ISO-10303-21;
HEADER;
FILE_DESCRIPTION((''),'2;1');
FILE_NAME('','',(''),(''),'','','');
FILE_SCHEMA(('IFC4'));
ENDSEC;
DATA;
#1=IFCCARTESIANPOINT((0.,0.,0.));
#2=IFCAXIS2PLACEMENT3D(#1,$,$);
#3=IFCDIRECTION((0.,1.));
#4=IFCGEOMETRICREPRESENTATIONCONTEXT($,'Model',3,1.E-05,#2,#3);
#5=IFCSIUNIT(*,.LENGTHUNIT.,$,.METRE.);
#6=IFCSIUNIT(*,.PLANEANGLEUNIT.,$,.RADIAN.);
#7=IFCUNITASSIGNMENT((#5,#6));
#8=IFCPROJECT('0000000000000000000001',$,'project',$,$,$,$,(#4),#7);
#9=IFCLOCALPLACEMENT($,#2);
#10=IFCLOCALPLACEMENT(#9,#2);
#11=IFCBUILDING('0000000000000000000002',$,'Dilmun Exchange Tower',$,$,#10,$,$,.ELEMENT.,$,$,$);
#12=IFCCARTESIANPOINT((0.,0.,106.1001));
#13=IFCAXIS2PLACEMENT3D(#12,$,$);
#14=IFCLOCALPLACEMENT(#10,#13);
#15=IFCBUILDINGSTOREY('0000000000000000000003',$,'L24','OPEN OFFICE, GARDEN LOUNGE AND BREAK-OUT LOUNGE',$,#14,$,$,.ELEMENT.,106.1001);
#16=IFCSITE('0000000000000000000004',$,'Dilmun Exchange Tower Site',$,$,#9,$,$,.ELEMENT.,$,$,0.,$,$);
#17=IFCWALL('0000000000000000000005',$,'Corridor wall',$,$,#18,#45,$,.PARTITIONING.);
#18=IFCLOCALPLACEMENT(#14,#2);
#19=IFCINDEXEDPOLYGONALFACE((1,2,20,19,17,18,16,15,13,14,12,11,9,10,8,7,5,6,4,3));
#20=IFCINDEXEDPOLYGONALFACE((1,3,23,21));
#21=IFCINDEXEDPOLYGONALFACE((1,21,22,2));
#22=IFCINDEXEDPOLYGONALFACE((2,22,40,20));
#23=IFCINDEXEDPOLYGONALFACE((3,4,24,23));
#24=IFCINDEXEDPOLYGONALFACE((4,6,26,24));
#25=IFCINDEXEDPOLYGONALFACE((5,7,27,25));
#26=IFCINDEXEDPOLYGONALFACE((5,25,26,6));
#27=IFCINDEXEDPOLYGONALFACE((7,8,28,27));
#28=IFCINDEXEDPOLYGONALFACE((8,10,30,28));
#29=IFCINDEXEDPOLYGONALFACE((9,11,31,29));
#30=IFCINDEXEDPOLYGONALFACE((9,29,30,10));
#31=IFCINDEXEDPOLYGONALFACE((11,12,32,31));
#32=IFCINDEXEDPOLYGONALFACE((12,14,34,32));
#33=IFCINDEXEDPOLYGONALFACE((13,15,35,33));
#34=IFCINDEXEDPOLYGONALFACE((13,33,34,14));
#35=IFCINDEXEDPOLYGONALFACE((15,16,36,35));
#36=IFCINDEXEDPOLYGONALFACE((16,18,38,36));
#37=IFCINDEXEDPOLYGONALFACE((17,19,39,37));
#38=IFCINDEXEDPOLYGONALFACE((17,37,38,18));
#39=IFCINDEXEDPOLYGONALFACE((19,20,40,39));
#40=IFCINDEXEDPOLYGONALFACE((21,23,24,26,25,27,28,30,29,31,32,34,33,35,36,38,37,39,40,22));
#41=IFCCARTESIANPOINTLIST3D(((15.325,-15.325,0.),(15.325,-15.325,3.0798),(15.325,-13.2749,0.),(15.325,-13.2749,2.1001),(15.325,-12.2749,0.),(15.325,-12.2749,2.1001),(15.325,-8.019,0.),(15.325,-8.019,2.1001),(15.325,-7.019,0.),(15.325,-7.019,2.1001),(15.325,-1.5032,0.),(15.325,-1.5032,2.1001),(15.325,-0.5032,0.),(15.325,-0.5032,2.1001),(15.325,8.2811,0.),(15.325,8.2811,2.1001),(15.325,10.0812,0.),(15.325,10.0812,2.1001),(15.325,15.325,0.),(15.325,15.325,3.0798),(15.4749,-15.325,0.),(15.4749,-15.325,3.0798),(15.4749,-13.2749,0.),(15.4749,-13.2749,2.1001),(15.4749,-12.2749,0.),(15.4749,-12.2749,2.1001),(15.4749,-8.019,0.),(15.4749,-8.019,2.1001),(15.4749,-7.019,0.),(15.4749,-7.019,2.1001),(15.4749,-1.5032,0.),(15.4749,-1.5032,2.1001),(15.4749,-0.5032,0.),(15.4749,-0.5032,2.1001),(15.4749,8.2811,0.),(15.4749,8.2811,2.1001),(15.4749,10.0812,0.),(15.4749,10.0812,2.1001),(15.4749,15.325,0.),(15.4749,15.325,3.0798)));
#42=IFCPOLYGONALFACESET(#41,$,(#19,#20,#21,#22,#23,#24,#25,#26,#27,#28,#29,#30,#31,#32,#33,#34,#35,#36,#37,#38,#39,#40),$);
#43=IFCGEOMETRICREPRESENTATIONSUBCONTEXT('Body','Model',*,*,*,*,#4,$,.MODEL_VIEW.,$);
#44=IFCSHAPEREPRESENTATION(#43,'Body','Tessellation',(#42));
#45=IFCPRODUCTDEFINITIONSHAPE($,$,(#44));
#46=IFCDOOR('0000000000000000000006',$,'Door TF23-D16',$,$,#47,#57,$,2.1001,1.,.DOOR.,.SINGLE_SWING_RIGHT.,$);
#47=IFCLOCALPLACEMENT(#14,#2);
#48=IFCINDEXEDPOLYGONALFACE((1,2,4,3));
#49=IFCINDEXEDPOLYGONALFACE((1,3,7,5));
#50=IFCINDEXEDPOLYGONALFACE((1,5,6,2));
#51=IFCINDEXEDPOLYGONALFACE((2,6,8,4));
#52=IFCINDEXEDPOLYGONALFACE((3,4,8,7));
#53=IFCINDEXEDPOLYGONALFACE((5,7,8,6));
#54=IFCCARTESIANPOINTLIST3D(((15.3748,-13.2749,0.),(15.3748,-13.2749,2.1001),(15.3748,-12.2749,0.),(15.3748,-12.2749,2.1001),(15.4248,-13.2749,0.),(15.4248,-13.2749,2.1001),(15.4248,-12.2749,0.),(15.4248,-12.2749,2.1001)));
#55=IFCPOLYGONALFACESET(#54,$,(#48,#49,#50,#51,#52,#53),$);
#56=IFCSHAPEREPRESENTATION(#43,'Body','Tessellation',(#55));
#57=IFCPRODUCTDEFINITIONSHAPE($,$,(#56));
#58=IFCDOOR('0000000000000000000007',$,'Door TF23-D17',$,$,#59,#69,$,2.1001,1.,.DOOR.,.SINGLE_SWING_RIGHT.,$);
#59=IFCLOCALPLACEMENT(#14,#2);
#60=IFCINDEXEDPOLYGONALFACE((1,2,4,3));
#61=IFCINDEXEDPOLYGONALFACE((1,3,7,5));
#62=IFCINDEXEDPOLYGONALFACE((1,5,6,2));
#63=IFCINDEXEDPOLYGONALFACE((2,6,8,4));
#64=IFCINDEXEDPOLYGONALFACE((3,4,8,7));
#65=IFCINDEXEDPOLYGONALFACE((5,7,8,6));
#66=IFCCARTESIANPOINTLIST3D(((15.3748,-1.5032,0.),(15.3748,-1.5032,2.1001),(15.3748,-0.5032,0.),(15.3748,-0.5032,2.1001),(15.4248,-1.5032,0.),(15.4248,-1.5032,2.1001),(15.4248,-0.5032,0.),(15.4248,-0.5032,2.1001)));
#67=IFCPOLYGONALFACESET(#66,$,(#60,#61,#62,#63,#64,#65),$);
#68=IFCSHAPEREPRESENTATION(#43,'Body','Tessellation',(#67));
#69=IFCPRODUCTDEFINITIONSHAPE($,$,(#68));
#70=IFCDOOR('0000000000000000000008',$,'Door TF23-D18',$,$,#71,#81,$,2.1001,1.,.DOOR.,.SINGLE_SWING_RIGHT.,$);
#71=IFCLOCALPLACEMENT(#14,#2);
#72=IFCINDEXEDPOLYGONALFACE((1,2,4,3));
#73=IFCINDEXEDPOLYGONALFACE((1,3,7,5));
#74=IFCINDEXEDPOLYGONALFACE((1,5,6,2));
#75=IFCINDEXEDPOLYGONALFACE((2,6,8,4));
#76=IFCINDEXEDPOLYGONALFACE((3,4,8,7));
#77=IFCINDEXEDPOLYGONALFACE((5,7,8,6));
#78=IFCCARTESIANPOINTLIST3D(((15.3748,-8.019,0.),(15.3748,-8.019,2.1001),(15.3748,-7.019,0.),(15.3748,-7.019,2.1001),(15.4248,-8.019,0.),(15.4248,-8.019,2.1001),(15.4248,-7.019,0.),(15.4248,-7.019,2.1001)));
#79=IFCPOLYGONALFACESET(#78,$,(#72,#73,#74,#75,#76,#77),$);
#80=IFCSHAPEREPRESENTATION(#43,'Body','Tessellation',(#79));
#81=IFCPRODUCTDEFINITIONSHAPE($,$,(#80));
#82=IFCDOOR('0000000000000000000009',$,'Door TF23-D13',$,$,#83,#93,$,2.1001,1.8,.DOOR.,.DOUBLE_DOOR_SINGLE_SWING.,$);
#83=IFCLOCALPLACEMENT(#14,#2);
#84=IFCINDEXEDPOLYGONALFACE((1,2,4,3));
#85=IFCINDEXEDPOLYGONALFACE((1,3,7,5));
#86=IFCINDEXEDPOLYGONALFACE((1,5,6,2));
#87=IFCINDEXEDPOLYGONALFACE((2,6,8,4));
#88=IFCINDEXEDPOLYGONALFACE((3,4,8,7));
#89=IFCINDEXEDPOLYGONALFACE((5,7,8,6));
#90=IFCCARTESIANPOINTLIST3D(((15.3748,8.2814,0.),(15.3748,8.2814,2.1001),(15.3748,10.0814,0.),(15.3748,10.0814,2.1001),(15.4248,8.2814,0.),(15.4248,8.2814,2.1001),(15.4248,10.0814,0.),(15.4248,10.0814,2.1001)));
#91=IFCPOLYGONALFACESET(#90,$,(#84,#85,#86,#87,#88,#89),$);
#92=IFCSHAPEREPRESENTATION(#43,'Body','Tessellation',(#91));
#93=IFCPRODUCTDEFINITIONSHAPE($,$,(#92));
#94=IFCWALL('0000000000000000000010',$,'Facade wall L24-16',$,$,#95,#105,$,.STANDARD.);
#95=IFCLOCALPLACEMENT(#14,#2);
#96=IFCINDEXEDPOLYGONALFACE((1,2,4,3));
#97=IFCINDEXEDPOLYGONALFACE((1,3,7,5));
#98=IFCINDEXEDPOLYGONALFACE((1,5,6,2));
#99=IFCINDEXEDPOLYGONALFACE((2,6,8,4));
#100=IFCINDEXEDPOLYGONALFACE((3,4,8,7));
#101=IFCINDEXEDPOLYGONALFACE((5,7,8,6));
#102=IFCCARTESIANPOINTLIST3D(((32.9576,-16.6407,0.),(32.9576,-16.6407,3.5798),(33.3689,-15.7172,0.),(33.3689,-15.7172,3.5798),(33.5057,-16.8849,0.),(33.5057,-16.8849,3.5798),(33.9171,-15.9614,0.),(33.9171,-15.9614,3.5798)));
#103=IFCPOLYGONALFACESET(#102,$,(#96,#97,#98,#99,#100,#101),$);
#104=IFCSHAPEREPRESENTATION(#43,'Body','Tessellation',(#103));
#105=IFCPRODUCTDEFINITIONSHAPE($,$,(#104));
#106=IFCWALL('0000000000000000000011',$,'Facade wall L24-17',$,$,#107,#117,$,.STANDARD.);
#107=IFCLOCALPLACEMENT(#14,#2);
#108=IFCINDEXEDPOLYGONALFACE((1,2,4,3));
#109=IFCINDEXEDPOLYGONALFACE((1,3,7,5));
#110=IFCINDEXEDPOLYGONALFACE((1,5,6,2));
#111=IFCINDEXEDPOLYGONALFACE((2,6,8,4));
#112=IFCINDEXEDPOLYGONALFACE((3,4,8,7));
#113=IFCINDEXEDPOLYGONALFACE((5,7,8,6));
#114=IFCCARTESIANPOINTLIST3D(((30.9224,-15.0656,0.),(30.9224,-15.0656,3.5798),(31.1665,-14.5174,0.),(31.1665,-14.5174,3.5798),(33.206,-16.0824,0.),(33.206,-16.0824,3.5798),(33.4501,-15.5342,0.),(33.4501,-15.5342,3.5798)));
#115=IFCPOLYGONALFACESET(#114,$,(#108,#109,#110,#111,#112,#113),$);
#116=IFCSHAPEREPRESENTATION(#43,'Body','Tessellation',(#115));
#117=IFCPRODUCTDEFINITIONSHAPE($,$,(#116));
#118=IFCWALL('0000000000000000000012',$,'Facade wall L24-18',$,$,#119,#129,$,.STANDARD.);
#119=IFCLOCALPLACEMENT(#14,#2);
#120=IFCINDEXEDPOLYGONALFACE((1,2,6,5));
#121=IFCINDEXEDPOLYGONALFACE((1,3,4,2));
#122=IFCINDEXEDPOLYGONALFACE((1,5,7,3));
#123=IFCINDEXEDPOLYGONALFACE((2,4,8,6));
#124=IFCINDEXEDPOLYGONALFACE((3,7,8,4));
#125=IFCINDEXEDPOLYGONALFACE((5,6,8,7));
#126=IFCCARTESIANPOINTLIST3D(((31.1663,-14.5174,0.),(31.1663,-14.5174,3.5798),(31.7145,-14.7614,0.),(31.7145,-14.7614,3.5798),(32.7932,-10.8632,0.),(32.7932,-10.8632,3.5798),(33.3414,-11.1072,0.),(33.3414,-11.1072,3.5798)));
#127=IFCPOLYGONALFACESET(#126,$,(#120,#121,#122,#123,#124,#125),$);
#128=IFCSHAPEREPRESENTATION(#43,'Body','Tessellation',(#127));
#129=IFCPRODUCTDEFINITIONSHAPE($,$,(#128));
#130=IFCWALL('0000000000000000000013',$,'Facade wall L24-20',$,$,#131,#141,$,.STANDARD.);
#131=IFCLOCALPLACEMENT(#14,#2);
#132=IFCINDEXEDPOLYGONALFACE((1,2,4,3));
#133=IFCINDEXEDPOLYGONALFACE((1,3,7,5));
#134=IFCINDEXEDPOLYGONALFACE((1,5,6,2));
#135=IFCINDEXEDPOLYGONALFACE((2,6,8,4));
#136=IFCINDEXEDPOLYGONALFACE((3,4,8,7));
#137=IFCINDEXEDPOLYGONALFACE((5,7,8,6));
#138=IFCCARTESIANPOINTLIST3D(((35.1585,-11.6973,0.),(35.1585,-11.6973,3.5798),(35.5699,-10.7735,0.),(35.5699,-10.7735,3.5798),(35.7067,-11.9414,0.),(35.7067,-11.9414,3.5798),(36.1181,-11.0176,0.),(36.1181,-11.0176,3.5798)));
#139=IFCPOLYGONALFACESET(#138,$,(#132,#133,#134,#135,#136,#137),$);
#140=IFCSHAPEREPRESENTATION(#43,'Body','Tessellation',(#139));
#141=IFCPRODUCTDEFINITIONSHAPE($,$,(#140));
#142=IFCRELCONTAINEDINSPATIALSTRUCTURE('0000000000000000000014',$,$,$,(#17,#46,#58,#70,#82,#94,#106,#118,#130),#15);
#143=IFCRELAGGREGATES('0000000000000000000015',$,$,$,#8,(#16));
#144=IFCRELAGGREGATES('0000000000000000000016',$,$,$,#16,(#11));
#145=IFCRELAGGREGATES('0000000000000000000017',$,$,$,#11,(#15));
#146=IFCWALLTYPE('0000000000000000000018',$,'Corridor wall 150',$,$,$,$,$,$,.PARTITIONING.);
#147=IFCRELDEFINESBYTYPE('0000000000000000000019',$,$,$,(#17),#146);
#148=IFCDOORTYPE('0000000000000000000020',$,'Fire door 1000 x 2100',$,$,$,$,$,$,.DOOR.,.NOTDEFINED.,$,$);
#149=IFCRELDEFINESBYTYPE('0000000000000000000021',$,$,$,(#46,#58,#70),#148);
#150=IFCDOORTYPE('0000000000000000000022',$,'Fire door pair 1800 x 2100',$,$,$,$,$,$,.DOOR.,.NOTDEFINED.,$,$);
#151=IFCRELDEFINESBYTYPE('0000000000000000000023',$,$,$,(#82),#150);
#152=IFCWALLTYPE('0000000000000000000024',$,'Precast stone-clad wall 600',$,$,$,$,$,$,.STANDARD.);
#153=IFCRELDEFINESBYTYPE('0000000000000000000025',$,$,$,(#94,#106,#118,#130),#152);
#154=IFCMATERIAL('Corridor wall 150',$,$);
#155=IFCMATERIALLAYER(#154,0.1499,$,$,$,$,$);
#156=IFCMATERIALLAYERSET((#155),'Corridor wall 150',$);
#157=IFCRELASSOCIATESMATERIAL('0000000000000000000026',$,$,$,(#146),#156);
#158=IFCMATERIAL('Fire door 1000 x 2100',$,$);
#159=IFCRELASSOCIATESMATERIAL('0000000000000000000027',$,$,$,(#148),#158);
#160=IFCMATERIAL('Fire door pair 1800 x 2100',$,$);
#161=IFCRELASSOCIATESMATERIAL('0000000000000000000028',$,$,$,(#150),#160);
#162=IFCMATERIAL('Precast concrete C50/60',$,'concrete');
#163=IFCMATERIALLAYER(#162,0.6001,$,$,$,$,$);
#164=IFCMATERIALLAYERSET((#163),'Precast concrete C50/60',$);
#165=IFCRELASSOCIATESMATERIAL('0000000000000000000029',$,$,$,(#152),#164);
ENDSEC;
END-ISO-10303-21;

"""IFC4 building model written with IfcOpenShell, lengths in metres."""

from ifc_helpers import new_model, si_unit, direction, frame, frame_2d, origin, place, context, subcontext, project, spatial, rectangle, extrude, material, layer, layer_set, type_object, element, fill, save


model = new_model("IFC4")

# Units and contexts
model_context = context("Model", 3, precision=1e-05, world=origin(), true_north=direction((0.0, 1.0)))
body_context = subcontext(model_context, "Body", "Model", "MODEL_VIEW")
ifc_project = project(units=[si_unit("LENGTHUNIT", "METRE"), si_unit("PLANEANGLEUNIT", "RADIAN")], contexts=[model_context])

# Site, building, storey
site_placement = place(None, origin())
site = spatial("IfcSite", under=ifc_project, at=site_placement, Name="Dilmun Exchange Tower Site", CompositionType="ELEMENT", RefElevation=0.0)
building_placement = place(site_placement, origin())
building = spatial("IfcBuilding", under=site, at=building_placement, Name="Dilmun Exchange Tower", CompositionType="ELEMENT")
storey_placement = place(building_placement, frame((0.0, 0.0, 106.1001)))
storey = spatial("IfcBuildingStorey", under=building, at=storey_placement, Name="L24", Description="OPEN OFFICE, GARDEN LOUNGE AND BREAK-OUT LOUNGE", CompositionType="ELEMENT", Elevation=106.1001)

# Wall, openings, doors
ifc_material_1 = material(Name="Corridor wall 150")
ifc_layer_1 = layer(ifc_material_1, 0.1499)
ifc_layer_set_1 = layer_set([ifc_layer_1], Name="Corridor wall 150")
wall_type_1 = type_object("IfcWallType", Name="Corridor wall 150", PredefinedType="PARTITIONING", material=ifc_layer_set_1)
wall_1_placement = place(storey_placement, frame((15.3999, -15.325, 0.0), z_axis=(0.0, 0.0, 1.0), x_axis=(0.0, 1.0, 0.0)))
wall_1 = element("IfcWall", 1, at=wall_1_placement, inside=storey, type_object=wall_type_1, Name="Corridor wall", PredefinedType="PARTITIONING", context=body_context, shape_type="SweptSolid", body=[
    extrude(rectangle(XDim=30.6499, YDim=0.1499, at=frame_2d((15.325, 0.0))), origin(), (0.0, 0.0, 1.0), 3.0798),
])
opening_1_placement = place(wall_1_placement, frame((23.6062, 0.0, 0.0)))
opening_1 = element("IfcOpeningElement", 2, at=opening_1_placement, cuts=wall_1, PredefinedType="OPENING", context=body_context, shape_type="SweptSolid", body=[
    extrude(rectangle(XDim=1.8, YDim=2.1001, at=frame_2d((0.8999, 1.05))), frame((0.0, 0.085, 0.0), z_axis=(0.0, -1.0, 0.0), x_axis=(1.0, 0.0, 0.0)), (0.0, 0.0, 1.0), 0.1699),
])
opening_2_placement = place(wall_1_placement, frame((2.05, 0.0, 0.0)))
opening_2 = element("IfcOpeningElement", 3, at=opening_2_placement, cuts=wall_1, PredefinedType="OPENING", context=body_context, shape_type="SweptSolid", body=[
    extrude(rectangle(XDim=1.0, YDim=2.1001, at=frame_2d((0.5, 1.05))), frame((0.0, 0.085, 0.0), z_axis=(0.0, -1.0, 0.0), x_axis=(1.0, 0.0, 0.0)), (0.0, 0.0, 1.0), 0.1699),
])
opening_3_placement = place(wall_1_placement, frame((13.8218, 0.0, 0.0)))
opening_3 = element("IfcOpeningElement", 4, at=opening_3_placement, cuts=wall_1, PredefinedType="OPENING", context=body_context, shape_type="SweptSolid", body=[
    extrude(rectangle(XDim=1.0, YDim=2.1001, at=frame_2d((0.5, 1.05))), frame((0.0, 0.085, 0.0), z_axis=(0.0, -1.0, 0.0), x_axis=(1.0, 0.0, 0.0)), (0.0, 0.0, 1.0), 0.1699),
])
opening_4_placement = place(wall_1_placement, frame((7.3059, 0.0, 0.0)))
opening_4 = element("IfcOpeningElement", 5, at=opening_4_placement, cuts=wall_1, PredefinedType="OPENING", context=body_context, shape_type="SweptSolid", body=[
    extrude(rectangle(XDim=1.0, YDim=2.1001, at=frame_2d((0.5, 1.05))), frame((0.0, 0.085, 0.0), z_axis=(0.0, -1.0, 0.0), x_axis=(1.0, 0.0, 0.0)), (0.0, 0.0, 1.0), 0.1699),
])
ifc_material_2 = material(Name="Fire door 1000 x 2100")
door_type_1 = type_object("IfcDoorType", Name="Fire door 1000 x 2100", OperationType="NOTDEFINED", PredefinedType="DOOR", material=ifc_material_2)
door_1_placement = place(opening_2_placement, frame((1.0, 0.0, 0.0), z_axis=(0.0, 0.0, 1.0), x_axis=(-1.0, 0.0, 0.0)))
door_1 = element("IfcDoor", 6, at=door_1_placement, inside=storey, type_object=door_type_1, Name="Door TF23-D16", OperationType="SINGLE_SWING_RIGHT", OverallHeight=2.1001, OverallWidth=1.0, PredefinedType="DOOR", context=body_context, shape_type="SweptSolid", body=[
    extrude(rectangle(XDim=1.0, YDim=2.1001, at=frame_2d((0.5, 1.05))), frame((0.0, 0.0249, 0.0), z_axis=(0.0, -1.0, 0.0), x_axis=(1.0, 0.0, 0.0)), (0.0, 0.0, 1.0), 0.05),
])
fill(opening_2, door_1)
door_2_placement = place(opening_3_placement, frame((1.0, 0.0, 0.0), z_axis=(0.0, 0.0, 1.0), x_axis=(-1.0, 0.0, 0.0)))
door_2 = element("IfcDoor", 7, at=door_2_placement, inside=storey, type_object=door_type_1, Name="Door TF23-D17", OperationType="SINGLE_SWING_RIGHT", OverallHeight=2.1001, OverallWidth=1.0, PredefinedType="DOOR", context=body_context, shape_type="SweptSolid", body=[
    extrude(rectangle(XDim=1.0, YDim=2.1001, at=frame_2d((0.5, 1.05))), frame((0.0, 0.0249, 0.0), z_axis=(0.0, -1.0, 0.0), x_axis=(1.0, 0.0, 0.0)), (0.0, 0.0, 1.0), 0.05),
])
fill(opening_3, door_2)
door_3_placement = place(opening_4_placement, frame((1.0, 0.0, 0.0), z_axis=(0.0, 0.0, 1.0), x_axis=(-1.0, 0.0, 0.0)))
door_3 = element("IfcDoor", 8, at=door_3_placement, inside=storey, type_object=door_type_1, Name="Door TF23-D18", OperationType="SINGLE_SWING_RIGHT", OverallHeight=2.1001, OverallWidth=1.0, PredefinedType="DOOR", context=body_context, shape_type="SweptSolid", body=[
    extrude(rectangle(XDim=1.0, YDim=2.1001, at=frame_2d((0.5, 1.05))), frame((0.0, 0.0249, 0.0), z_axis=(0.0, -1.0, 0.0), x_axis=(1.0, 0.0, 0.0)), (0.0, 0.0, 1.0), 0.05),
])
fill(opening_4, door_3)
ifc_material_3 = material(Name="Fire door pair 1800 x 2100")
door_type_2 = type_object("IfcDoorType", Name="Fire door pair 1800 x 2100", OperationType="NOTDEFINED", PredefinedType="DOOR", material=ifc_material_3)
door_4_placement = place(opening_1_placement, frame((1.8, 0.0, 0.0), z_axis=(0.0, 0.0, 1.0), x_axis=(-1.0, 0.0, 0.0)))
door_4 = element("IfcDoor", 9, at=door_4_placement, inside=storey, type_object=door_type_2, Name="Door TF23-D13", OperationType="DOUBLE_DOOR_SINGLE_SWING", OverallHeight=2.1001, OverallWidth=1.8, PredefinedType="DOOR", context=body_context, shape_type="SweptSolid", body=[
    extrude(rectangle(XDim=1.8, YDim=2.1001, at=frame_2d((0.8999, 1.05))), frame((0.0, 0.0249, 0.0), z_axis=(0.0, -1.0, 0.0), x_axis=(1.0, 0.0, 0.0)), (0.0, 0.0, 1.0), 0.05),
])
fill(opening_1, door_4)

# Walls
ifc_material_4 = material(Name="Precast concrete C50/60", Category="concrete")
ifc_layer_2 = layer(ifc_material_4, 0.6001)
ifc_layer_set_2 = layer_set([ifc_layer_2], Name="Precast concrete C50/60")
wall_type_2 = type_object("IfcWallType", Name="Precast stone-clad wall 600", PredefinedType="STANDARD", material=ifc_layer_set_2)
wall_2_placement = place(storey_placement, frame((33.2317, -16.7627, 0.0), z_axis=(0.0, 0.0, 1.0), x_axis=(0.406878, 0.913483, 0.0)))
element("IfcWall", 10, at=wall_2_placement, inside=storey, type_object=wall_type_2, Name="Facade wall L24-16", PredefinedType="STANDARD", context=body_context, shape_type="SweptSolid", body=[
    extrude(rectangle(XDim=1.011, YDim=0.6001, at=frame_2d((0.5054, 0.0))), origin(), (0.0, 0.0, 1.0), 3.5798),
])
wall_3_placement = place(storey_placement, frame((33.3281, -15.8083, 0.0), z_axis=(0.0, 0.0, 1.0), x_axis=(-0.913533, 0.406764, 0.0)))
element("IfcWall", 11, at=wall_3_placement, inside=storey, type_object=wall_type_2, Name="Facade wall L24-17", PredefinedType="STANDARD", context=body_context, shape_type="SweptSolid", body=[
    extrude(rectangle(XDim=2.4998, YDim=0.6001, at=frame_2d((1.25, 0.0))), origin(), (0.0, 0.0, 1.0), 3.5798),
])
wall_4_placement = place(storey_placement, frame((31.4404, -14.6394, 0.0), z_axis=(0.0, 0.0, 1.0), x_axis=(0.406727, 0.91355, 0.0)))
element("IfcWall", 12, at=wall_4_placement, inside=storey, type_object=wall_type_2, Name="Facade wall L24-18", PredefinedType="STANDARD", context=body_context, shape_type="SweptSolid", body=[
    extrude(rectangle(XDim=4.0, YDim=0.6001, at=frame_2d((2.0, 0.0))), origin(), (0.0, 0.0, 1.0), 3.5798),
])
wall_5_placement = place(storey_placement, frame((35.4326, -11.8193, 0.0), z_axis=(0.0, 0.0, 1.0), x_axis=(0.406788, 0.913523, 0.0)))
element("IfcWall", 13, at=wall_5_placement, inside=storey, type_object=wall_type_2, Name="Facade wall L24-20", PredefinedType="STANDARD", context=body_context, shape_type="SweptSolid", body=[
    extrude(rectangle(XDim=1.0112, YDim=0.6001, at=frame_2d((0.5056, 0.0))), origin(), (0.0, 0.0, 1.0), 3.5798),
])

save(model, "model.ifc")
